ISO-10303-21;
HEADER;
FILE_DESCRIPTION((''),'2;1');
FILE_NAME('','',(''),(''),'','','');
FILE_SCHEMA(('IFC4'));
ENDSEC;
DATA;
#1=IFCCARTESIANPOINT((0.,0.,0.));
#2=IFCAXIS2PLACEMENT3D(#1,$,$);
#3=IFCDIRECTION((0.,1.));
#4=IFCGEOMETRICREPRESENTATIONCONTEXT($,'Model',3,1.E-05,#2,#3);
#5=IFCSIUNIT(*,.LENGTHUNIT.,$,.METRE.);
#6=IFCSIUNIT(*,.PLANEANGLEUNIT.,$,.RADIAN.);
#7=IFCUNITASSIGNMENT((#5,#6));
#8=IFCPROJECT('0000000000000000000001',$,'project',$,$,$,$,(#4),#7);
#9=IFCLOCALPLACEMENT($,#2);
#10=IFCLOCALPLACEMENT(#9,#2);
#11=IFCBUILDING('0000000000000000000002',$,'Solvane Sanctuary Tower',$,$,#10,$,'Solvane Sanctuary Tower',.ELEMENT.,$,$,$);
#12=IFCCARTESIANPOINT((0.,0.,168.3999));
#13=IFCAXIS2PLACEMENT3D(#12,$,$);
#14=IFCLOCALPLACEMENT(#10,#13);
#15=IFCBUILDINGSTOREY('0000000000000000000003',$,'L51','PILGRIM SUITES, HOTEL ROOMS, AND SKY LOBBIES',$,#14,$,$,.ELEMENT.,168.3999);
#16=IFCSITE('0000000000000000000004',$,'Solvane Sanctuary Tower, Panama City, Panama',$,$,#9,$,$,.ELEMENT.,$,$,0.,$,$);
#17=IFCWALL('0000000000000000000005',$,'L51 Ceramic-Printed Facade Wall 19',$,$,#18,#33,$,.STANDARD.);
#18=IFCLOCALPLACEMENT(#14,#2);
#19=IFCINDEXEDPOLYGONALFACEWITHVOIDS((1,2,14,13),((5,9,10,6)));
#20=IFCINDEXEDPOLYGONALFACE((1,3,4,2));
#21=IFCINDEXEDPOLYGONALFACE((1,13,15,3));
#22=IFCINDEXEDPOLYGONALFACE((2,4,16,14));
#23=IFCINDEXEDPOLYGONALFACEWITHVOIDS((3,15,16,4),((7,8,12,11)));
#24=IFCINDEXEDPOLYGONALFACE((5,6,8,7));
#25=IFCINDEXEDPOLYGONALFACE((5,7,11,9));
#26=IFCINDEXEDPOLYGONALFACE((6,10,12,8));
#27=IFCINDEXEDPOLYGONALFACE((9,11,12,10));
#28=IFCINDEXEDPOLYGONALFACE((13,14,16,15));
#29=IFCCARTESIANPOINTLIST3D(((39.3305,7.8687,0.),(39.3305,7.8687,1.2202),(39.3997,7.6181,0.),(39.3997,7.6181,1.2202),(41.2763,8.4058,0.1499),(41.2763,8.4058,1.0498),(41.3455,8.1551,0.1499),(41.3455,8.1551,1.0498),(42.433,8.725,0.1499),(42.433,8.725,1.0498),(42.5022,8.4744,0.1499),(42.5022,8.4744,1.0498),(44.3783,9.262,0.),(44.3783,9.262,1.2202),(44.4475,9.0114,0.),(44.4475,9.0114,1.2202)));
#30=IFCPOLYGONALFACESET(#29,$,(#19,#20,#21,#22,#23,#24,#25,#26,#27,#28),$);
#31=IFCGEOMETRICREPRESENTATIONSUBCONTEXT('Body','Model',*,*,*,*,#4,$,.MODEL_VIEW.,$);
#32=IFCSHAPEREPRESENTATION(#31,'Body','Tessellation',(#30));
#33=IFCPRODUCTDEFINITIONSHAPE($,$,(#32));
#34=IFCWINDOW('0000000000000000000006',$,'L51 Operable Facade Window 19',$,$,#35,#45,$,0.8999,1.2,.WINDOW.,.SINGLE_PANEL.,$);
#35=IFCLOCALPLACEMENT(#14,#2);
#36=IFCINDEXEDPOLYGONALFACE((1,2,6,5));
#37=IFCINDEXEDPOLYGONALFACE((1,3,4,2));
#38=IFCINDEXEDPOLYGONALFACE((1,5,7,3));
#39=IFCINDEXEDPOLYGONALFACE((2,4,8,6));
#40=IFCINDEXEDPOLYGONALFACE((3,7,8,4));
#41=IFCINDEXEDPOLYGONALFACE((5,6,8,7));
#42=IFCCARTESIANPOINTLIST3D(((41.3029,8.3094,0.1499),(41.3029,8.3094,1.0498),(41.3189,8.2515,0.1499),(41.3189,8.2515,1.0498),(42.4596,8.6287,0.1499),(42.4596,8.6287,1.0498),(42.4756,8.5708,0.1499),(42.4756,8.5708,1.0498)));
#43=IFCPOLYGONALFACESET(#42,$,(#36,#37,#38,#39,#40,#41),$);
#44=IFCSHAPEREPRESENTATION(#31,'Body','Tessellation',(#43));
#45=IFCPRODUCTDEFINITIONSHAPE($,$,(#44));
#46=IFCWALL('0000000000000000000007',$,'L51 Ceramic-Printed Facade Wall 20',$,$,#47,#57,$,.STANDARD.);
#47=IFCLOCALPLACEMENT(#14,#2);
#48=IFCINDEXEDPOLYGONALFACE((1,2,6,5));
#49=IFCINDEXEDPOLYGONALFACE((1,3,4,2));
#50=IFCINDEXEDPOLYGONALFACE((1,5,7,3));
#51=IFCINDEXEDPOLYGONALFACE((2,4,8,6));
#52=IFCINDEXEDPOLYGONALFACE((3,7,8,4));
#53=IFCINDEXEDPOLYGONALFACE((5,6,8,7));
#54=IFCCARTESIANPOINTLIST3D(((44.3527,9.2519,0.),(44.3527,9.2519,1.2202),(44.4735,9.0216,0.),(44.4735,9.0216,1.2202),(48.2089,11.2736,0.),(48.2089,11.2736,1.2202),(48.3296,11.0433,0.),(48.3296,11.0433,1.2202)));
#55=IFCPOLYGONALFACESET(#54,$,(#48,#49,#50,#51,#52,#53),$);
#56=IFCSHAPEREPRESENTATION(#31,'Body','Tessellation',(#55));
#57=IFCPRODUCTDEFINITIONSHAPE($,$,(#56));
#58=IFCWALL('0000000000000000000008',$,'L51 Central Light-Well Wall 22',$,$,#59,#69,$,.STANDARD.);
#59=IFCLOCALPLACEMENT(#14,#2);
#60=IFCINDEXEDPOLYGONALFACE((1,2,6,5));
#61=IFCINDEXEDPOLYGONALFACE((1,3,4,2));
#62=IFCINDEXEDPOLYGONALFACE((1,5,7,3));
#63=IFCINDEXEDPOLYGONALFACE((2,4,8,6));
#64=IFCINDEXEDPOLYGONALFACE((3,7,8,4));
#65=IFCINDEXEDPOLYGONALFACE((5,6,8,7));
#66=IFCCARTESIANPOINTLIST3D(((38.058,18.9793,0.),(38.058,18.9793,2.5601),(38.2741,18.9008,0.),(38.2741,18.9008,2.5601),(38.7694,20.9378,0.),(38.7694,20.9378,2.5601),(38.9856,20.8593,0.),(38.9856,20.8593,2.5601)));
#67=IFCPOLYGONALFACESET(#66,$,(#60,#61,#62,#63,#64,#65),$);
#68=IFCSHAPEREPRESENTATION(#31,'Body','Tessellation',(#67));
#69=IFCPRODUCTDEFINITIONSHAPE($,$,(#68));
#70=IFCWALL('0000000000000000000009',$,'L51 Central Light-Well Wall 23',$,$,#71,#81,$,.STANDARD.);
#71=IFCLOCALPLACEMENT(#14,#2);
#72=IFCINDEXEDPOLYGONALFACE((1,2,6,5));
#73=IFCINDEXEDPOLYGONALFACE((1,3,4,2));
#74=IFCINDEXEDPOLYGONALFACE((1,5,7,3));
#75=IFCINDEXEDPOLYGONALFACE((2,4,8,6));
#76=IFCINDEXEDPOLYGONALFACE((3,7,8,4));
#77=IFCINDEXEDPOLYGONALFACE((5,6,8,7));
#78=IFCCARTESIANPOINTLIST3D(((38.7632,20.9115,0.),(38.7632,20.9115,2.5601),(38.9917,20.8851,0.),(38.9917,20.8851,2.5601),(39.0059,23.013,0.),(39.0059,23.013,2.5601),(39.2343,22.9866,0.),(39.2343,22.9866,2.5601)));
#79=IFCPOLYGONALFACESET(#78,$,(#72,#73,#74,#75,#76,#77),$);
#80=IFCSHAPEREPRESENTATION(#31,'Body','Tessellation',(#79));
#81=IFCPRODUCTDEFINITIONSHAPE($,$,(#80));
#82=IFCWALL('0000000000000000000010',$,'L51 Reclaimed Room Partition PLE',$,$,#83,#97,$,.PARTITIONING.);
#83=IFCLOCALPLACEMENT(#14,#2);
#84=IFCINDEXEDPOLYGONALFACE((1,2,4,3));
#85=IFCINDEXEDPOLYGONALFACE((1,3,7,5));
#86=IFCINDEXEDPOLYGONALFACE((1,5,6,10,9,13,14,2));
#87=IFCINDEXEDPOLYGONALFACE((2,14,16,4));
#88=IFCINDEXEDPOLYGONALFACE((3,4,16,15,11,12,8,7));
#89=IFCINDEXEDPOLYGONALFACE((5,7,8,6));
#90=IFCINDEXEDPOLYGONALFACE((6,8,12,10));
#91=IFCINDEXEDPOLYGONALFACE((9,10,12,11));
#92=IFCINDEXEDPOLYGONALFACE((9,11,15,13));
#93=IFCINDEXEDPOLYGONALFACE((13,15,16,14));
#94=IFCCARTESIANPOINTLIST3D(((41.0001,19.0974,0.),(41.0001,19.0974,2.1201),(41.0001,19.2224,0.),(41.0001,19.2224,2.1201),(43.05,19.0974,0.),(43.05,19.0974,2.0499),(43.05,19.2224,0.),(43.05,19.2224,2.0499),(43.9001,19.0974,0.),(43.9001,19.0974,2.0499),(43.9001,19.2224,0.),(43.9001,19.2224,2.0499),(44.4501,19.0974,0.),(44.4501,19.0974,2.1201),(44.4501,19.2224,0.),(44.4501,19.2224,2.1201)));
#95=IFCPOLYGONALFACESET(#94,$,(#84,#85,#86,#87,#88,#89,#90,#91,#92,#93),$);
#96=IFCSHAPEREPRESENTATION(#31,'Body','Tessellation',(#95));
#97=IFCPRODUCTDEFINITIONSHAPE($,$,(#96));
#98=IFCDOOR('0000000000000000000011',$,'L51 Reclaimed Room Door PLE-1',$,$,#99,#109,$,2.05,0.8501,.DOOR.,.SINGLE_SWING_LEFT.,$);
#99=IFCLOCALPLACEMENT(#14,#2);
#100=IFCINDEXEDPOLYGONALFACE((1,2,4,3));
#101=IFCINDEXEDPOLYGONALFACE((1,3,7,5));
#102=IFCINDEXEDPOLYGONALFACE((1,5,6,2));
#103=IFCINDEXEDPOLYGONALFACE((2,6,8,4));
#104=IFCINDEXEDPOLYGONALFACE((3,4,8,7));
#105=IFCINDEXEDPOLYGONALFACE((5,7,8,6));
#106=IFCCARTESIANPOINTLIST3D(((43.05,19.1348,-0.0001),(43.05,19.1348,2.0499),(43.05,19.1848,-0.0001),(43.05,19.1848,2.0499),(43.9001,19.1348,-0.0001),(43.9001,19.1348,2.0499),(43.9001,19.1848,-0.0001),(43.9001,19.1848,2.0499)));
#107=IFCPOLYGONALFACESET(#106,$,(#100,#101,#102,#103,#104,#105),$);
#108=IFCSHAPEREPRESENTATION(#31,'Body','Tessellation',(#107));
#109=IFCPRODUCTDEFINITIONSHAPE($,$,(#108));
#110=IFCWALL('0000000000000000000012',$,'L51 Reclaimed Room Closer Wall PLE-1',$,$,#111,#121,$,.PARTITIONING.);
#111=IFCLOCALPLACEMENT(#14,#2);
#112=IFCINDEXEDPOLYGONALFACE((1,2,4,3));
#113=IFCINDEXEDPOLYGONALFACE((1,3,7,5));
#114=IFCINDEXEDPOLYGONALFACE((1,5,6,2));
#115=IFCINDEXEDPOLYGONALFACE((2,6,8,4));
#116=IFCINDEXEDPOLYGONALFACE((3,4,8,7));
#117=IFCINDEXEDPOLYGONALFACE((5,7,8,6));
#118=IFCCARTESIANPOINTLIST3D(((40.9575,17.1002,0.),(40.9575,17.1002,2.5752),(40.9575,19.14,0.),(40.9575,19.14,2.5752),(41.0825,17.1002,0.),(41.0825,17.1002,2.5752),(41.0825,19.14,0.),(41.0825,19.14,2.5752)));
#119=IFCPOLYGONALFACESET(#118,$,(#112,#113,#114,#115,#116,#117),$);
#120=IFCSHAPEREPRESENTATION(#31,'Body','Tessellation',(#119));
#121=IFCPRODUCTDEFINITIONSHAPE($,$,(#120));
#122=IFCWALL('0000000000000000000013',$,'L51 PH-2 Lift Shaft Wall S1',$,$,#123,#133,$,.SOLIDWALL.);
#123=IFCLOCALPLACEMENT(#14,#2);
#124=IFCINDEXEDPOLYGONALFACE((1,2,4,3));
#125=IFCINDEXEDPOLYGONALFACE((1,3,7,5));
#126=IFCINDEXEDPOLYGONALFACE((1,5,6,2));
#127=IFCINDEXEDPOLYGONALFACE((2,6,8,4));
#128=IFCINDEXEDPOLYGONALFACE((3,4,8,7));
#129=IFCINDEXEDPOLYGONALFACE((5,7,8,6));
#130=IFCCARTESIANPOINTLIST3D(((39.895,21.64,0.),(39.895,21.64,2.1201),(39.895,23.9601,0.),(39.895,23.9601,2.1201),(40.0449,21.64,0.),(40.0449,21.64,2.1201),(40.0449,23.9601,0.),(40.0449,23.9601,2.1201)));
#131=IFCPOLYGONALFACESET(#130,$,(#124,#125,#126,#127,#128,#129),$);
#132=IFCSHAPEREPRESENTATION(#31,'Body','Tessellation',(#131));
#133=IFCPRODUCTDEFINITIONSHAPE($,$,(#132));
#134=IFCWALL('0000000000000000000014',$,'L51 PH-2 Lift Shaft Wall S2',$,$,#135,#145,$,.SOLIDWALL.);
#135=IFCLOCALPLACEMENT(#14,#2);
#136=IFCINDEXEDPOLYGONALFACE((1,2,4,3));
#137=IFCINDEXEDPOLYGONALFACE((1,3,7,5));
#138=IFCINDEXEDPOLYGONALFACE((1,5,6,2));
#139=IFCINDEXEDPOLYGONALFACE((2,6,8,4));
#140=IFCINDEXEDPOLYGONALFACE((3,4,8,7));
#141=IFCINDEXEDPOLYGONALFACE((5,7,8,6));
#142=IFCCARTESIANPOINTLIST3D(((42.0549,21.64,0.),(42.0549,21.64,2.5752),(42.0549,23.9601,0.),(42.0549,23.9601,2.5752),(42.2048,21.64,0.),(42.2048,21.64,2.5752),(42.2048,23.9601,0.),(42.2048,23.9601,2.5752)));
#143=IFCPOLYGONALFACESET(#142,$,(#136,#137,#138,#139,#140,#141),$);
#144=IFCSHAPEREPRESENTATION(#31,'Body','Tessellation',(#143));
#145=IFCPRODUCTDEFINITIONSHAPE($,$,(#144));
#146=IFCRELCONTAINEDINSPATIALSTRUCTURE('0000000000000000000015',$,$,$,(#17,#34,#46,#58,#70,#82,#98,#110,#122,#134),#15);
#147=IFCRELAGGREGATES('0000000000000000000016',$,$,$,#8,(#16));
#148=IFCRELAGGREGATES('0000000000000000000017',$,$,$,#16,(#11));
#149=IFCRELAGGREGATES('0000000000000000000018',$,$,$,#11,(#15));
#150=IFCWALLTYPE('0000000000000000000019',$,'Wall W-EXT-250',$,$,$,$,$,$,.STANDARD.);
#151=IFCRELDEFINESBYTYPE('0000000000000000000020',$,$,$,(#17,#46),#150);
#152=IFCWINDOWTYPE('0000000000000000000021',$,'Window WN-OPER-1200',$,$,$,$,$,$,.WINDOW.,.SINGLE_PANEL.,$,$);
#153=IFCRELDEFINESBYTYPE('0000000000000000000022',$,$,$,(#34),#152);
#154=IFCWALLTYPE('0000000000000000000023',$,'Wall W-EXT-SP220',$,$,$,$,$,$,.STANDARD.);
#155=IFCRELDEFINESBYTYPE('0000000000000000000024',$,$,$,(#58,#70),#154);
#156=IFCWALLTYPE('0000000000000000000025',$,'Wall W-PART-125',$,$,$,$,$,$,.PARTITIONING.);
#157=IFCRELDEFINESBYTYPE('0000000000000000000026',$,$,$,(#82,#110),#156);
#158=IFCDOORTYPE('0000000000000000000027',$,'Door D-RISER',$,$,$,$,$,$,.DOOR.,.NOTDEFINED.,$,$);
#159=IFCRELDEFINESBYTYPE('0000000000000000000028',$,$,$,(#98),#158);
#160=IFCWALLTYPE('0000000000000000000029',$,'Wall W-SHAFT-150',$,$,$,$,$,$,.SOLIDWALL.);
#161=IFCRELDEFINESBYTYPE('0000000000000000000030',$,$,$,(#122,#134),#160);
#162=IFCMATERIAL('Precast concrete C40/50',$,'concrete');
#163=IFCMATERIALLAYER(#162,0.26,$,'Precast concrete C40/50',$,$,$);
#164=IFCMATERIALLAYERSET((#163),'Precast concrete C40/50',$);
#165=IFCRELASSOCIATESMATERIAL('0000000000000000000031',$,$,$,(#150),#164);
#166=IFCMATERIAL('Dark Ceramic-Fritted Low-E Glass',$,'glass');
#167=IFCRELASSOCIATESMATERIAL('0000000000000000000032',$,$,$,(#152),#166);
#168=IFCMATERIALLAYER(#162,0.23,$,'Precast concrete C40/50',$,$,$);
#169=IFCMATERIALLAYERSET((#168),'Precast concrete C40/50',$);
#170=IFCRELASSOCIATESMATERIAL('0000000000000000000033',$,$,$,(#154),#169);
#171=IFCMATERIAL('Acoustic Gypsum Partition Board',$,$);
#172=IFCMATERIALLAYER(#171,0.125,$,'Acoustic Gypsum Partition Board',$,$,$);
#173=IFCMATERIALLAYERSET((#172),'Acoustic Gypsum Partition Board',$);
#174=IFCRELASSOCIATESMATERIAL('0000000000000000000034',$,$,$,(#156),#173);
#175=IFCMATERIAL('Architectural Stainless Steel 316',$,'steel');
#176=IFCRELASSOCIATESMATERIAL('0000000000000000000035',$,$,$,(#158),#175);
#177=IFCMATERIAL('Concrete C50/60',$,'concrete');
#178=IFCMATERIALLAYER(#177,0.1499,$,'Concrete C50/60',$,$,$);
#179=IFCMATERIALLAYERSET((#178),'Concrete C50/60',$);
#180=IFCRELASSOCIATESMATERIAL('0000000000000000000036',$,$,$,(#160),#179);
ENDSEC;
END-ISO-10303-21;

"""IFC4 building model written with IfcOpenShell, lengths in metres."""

from ifc_helpers import new_model, si_unit, direction, frame, frame_2d, origin, place, context, subcontext, project, spatial, rectangle, extrude, material, layer, layer_set, type_object, element, fill, save


model = new_model("IFC4")

# Units and contexts
model_context = context("Model", 3, precision=1e-05, world=origin(), true_north=direction((0.0, 1.0)))
body_context = subcontext(model_context, "Body", "Model", "MODEL_VIEW")
ifc_project = project(units=[si_unit("LENGTHUNIT", "METRE"), si_unit("PLANEANGLEUNIT", "RADIAN")], contexts=[model_context])

# Site, building, storey
site_placement = place(None, origin())
site = spatial("IfcSite", under=ifc_project, at=site_placement, Name="Solvane Sanctuary Tower, Panama City, Panama", CompositionType="ELEMENT", RefElevation=0.0)
building_placement = place(site_placement, origin())
building = spatial("IfcBuilding", under=site, at=building_placement, Name="Solvane Sanctuary Tower", LongName="Solvane Sanctuary Tower", CompositionType="ELEMENT")
storey_placement = place(building_placement, frame((0.0, 0.0, 168.3999)))
storey = spatial("IfcBuildingStorey", under=building, at=storey_placement, Name="L51", Description="PILGRIM SUITES, HOTEL ROOMS, AND SKY LOBBIES", CompositionType="ELEMENT", Elevation=168.3999)

# Shared definitions
ifc_material_1 = material(Name="Acoustic Gypsum Partition Board")

# Wall, opening, window
ifc_material_2 = material(Name="Precast concrete C40/50", Category="concrete")
ifc_layer_1 = layer(ifc_material_2, 0.26, Name="Precast concrete C40/50")
ifc_layer_set_1 = layer_set([ifc_layer_1], Name="Precast concrete C40/50")
wall_type_1 = type_object("IfcWallType", Name="Wall W-EXT-250", PredefinedType="STANDARD", material=ifc_layer_set_1)
wall_1_placement = place(storey_placement, frame((39.3652, 7.7434, 0.0), z_axis=(0.0, 0.0, 1.0), x_axis=(0.963953, 0.266071, 0.0)))
wall_1 = element("IfcWall", 1, at=wall_1_placement, inside=storey, type_object=wall_type_1, Name="L51 Ceramic-Printed Facade Wall 19", PredefinedType="STANDARD", context=body_context, shape_type="SweptSolid", body=[
    extrude(rectangle(XDim=5.2366, YDim=0.26, at=frame_2d((2.6182, 0.0))), origin(), (0.0, 0.0, 1.0), 1.2202),
])
opening_1_placement = place(wall_1_placement, frame((2.0183, 0.0, 0.1499)))
opening_1 = element("IfcOpeningElement", 2, at=opening_1_placement, cuts=wall_1, PredefinedType="OPENING", context=body_context, shape_type="SweptSolid", body=[
    extrude(rectangle(XDim=1.2, YDim=0.8999, at=frame_2d((0.6001, 0.45))), frame((0.0, 0.1399, 0.0), z_axis=(0.0, -1.0, 0.0), x_axis=(1.0, 0.0, 0.0)), (0.0, 0.0, 1.0), 0.28),
])
ifc_material_3 = material(Name="Dark Ceramic-Fritted Low-E Glass", Category="glass")
window_type = type_object("IfcWindowType", Name="Window WN-OPER-1200", PartitioningType="SINGLE_PANEL", PredefinedType="WINDOW", material=ifc_material_3)
window_placement = place(opening_1_placement, origin())
window = element("IfcWindow", 3, at=window_placement, inside=storey, type_object=window_type, Name="L51 Operable Facade Window 19", OverallHeight=0.8999, OverallWidth=1.2, PartitioningType="SINGLE_PANEL", PredefinedType="WINDOW", context=body_context, shape_type="SweptSolid", body=[
    extrude(rectangle(XDim=1.2, YDim=0.8999, at=frame_2d((0.6001, 0.45))), frame((0.0, 0.03, 0.0), z_axis=(0.0, -1.0, 0.0), x_axis=(1.0, 0.0, 0.0)), (0.0, 0.0, 1.0), 0.0601),
])
fill(opening_1, window)

# Walls
wall_2_placement = place(storey_placement, frame((44.4131, 9.1367, 0.0), z_axis=(0.0, 0.0, 1.0), x_axis=(0.88566, 0.464334, 0.0)))
element("IfcWall", 4, at=wall_2_placement, inside=storey, type_object=wall_type_1, Name="L51 Ceramic-Printed Facade Wall 20", PredefinedType="STANDARD", context=body_context, shape_type="SweptSolid", body=[
    extrude(rectangle(XDim=4.354, YDim=0.26, at=frame_2d((2.177, 0.0))), origin(), (0.0, 0.0, 1.0), 1.2202),
])
ifc_layer_2 = layer(ifc_material_2, 0.23, Name="Precast concrete C40/50")
ifc_layer_set_2 = layer_set([ifc_layer_2], Name="Precast concrete C40/50")
wall_type_2 = type_object("IfcWallType", Name="Wall W-EXT-SP220", PredefinedType="STANDARD", material=ifc_layer_set_2)
wall_3_placement = place(storey_placement, frame((38.166, 18.9399, 0.0), z_axis=(0.0, 0.0, 1.0), x_axis=(0.341423, 0.93991, 0.0)))
element("IfcWall", 5, at=wall_3_placement, inside=storey, type_object=wall_type_2, Name="L51 Central Light-Well Wall 22", PredefinedType="STANDARD", context=body_context, shape_type="SweptSolid", body=[
    extrude(rectangle(XDim=2.0837, YDim=0.23, at=frame_2d((1.042, 0.0))), origin(), (0.0, 0.0, 1.0), 2.5601),
])
wall_4_placement = place(storey_placement, frame((38.8774, 20.8984, 0.0), z_axis=(0.0, 0.0, 1.0), x_axis=(0.114712, 0.993399, 0.0)))
element("IfcWall", 6, at=wall_4_placement, inside=storey, type_object=wall_type_2, Name="L51 Central Light-Well Wall 23", PredefinedType="STANDARD", context=body_context, shape_type="SweptSolid", body=[
    extrude(rectangle(XDim=2.1155, YDim=0.23, at=frame_2d((1.0576, 0.0))), origin(), (0.0, 0.0, 1.0), 2.5601),
])

# Wall, opening, door
ifc_layer_3 = layer(ifc_material_1, 0.125, Name="Acoustic Gypsum Partition Board")
ifc_layer_set_3 = layer_set([ifc_layer_3], Name="Acoustic Gypsum Partition Board")
wall_type_3 = type_object("IfcWallType", Name="Wall W-PART-125", PredefinedType="PARTITIONING", material=ifc_layer_set_3)
wall_5_placement = place(storey_placement, frame((41.0, 19.1599, 0.0), z_axis=(0.0, 0.0, 1.0), x_axis=(1.0, 0.0, 0.0)))
wall_5 = element("IfcWall", 7, at=wall_5_placement, inside=storey, type_object=wall_type_3, Name="L51 Reclaimed Room Partition PLE", PredefinedType="PARTITIONING", context=body_context, shape_type="SweptSolid", body=[
    extrude(rectangle(XDim=3.45, YDim=0.125, at=frame_2d((1.7251, 0.0))), origin(), (0.0, 0.0, 1.0), 2.1201),
])
opening_2_placement = place(wall_5_placement, frame((2.05, 0.0, 0.0)))
opening_2 = element("IfcOpeningElement", 8, at=opening_2_placement, cuts=wall_5, PredefinedType="OPENING", context=body_context, shape_type="SweptSolid", body=[
    extrude(rectangle(XDim=0.8501, YDim=2.05, at=frame_2d((0.425, 1.0249))), frame((0.0, 0.0725, 0.0), z_axis=(0.0, -1.0, 0.0), x_axis=(1.0, 0.0, 0.0)), (0.0, 0.0, 1.0), 0.145),
])
ifc_material_4 = material(Name="Architectural Stainless Steel 316", Category="steel")
door_type = type_object("IfcDoorType", Name="Door D-RISER", OperationType="NOTDEFINED", PredefinedType="DOOR", material=ifc_material_4)
door_placement = place(opening_2_placement, origin())
door = element("IfcDoor", 9, at=door_placement, inside=storey, type_object=door_type, Name="L51 Reclaimed Room Door PLE-1", OperationType="SINGLE_SWING_LEFT", OverallHeight=2.05, OverallWidth=0.8501, PredefinedType="DOOR", context=body_context, shape_type="SweptSolid", body=[
    extrude(rectangle(XDim=0.8501, YDim=2.05, at=frame_2d((0.425, 1.0249))), frame((0.0, 0.0249, 0.0), z_axis=(0.0, -1.0, 0.0), x_axis=(1.0, 0.0, 0.0)), (0.0, 0.0, 1.0), 0.05),
])
fill(opening_2, door)

# Walls
wall_6_placement = place(storey_placement, frame((41.02, 17.1001, 0.0), z_axis=(0.0, 0.0, 1.0), x_axis=(0.0, 1.0, 0.0)))
element("IfcWall", 10, at=wall_6_placement, inside=storey, type_object=wall_type_3, Name="L51 Reclaimed Room Closer Wall PLE-1", PredefinedType="PARTITIONING", context=body_context, shape_type="SweptSolid", body=[
    extrude(rectangle(XDim=2.0398, YDim=0.125, at=frame_2d((1.02, 0.0))), origin(), (0.0, 0.0, 1.0), 2.5752),
])
ifc_material_5 = material(Name="Concrete C50/60", Category="concrete")
ifc_layer_4 = layer(ifc_material_5, 0.1499, Name="Concrete C50/60")
ifc_layer_set_4 = layer_set([ifc_layer_4], Name="Concrete C50/60")
wall_type_4 = type_object("IfcWallType", Name="Wall W-SHAFT-150", PredefinedType="SOLIDWALL", material=ifc_layer_set_4)
wall_7_placement = place(storey_placement, frame((39.97, 21.6399, 0.0), z_axis=(0.0, 0.0, 1.0), x_axis=(0.0, 1.0, 0.0)))
element("IfcWall", 11, at=wall_7_placement, inside=storey, type_object=wall_type_4, Name="L51 PH-2 Lift Shaft Wall S1", PredefinedType="SOLIDWALL", context=body_context, shape_type="SweptSolid", body=[
    extrude(rectangle(XDim=2.3201, YDim=0.1499, at=frame_2d((1.1602, 0.0))), origin(), (0.0, 0.0, 1.0), 2.1201),
])
wall_8_placement = place(storey_placement, frame((42.1299, 21.6399, 0.0), z_axis=(0.0, 0.0, 1.0), x_axis=(0.0, 1.0, 0.0)))
element("IfcWall", 12, at=wall_8_placement, inside=storey, type_object=wall_type_4, Name="L51 PH-2 Lift Shaft Wall S2", PredefinedType="SOLIDWALL", context=body_context, shape_type="SweptSolid", body=[
    extrude(rectangle(XDim=2.3201, YDim=0.1499, at=frame_2d((1.1602, 0.0))), origin(), (0.0, 0.0, 1.0), 2.5752),
])

save(model, "model.ifc")
